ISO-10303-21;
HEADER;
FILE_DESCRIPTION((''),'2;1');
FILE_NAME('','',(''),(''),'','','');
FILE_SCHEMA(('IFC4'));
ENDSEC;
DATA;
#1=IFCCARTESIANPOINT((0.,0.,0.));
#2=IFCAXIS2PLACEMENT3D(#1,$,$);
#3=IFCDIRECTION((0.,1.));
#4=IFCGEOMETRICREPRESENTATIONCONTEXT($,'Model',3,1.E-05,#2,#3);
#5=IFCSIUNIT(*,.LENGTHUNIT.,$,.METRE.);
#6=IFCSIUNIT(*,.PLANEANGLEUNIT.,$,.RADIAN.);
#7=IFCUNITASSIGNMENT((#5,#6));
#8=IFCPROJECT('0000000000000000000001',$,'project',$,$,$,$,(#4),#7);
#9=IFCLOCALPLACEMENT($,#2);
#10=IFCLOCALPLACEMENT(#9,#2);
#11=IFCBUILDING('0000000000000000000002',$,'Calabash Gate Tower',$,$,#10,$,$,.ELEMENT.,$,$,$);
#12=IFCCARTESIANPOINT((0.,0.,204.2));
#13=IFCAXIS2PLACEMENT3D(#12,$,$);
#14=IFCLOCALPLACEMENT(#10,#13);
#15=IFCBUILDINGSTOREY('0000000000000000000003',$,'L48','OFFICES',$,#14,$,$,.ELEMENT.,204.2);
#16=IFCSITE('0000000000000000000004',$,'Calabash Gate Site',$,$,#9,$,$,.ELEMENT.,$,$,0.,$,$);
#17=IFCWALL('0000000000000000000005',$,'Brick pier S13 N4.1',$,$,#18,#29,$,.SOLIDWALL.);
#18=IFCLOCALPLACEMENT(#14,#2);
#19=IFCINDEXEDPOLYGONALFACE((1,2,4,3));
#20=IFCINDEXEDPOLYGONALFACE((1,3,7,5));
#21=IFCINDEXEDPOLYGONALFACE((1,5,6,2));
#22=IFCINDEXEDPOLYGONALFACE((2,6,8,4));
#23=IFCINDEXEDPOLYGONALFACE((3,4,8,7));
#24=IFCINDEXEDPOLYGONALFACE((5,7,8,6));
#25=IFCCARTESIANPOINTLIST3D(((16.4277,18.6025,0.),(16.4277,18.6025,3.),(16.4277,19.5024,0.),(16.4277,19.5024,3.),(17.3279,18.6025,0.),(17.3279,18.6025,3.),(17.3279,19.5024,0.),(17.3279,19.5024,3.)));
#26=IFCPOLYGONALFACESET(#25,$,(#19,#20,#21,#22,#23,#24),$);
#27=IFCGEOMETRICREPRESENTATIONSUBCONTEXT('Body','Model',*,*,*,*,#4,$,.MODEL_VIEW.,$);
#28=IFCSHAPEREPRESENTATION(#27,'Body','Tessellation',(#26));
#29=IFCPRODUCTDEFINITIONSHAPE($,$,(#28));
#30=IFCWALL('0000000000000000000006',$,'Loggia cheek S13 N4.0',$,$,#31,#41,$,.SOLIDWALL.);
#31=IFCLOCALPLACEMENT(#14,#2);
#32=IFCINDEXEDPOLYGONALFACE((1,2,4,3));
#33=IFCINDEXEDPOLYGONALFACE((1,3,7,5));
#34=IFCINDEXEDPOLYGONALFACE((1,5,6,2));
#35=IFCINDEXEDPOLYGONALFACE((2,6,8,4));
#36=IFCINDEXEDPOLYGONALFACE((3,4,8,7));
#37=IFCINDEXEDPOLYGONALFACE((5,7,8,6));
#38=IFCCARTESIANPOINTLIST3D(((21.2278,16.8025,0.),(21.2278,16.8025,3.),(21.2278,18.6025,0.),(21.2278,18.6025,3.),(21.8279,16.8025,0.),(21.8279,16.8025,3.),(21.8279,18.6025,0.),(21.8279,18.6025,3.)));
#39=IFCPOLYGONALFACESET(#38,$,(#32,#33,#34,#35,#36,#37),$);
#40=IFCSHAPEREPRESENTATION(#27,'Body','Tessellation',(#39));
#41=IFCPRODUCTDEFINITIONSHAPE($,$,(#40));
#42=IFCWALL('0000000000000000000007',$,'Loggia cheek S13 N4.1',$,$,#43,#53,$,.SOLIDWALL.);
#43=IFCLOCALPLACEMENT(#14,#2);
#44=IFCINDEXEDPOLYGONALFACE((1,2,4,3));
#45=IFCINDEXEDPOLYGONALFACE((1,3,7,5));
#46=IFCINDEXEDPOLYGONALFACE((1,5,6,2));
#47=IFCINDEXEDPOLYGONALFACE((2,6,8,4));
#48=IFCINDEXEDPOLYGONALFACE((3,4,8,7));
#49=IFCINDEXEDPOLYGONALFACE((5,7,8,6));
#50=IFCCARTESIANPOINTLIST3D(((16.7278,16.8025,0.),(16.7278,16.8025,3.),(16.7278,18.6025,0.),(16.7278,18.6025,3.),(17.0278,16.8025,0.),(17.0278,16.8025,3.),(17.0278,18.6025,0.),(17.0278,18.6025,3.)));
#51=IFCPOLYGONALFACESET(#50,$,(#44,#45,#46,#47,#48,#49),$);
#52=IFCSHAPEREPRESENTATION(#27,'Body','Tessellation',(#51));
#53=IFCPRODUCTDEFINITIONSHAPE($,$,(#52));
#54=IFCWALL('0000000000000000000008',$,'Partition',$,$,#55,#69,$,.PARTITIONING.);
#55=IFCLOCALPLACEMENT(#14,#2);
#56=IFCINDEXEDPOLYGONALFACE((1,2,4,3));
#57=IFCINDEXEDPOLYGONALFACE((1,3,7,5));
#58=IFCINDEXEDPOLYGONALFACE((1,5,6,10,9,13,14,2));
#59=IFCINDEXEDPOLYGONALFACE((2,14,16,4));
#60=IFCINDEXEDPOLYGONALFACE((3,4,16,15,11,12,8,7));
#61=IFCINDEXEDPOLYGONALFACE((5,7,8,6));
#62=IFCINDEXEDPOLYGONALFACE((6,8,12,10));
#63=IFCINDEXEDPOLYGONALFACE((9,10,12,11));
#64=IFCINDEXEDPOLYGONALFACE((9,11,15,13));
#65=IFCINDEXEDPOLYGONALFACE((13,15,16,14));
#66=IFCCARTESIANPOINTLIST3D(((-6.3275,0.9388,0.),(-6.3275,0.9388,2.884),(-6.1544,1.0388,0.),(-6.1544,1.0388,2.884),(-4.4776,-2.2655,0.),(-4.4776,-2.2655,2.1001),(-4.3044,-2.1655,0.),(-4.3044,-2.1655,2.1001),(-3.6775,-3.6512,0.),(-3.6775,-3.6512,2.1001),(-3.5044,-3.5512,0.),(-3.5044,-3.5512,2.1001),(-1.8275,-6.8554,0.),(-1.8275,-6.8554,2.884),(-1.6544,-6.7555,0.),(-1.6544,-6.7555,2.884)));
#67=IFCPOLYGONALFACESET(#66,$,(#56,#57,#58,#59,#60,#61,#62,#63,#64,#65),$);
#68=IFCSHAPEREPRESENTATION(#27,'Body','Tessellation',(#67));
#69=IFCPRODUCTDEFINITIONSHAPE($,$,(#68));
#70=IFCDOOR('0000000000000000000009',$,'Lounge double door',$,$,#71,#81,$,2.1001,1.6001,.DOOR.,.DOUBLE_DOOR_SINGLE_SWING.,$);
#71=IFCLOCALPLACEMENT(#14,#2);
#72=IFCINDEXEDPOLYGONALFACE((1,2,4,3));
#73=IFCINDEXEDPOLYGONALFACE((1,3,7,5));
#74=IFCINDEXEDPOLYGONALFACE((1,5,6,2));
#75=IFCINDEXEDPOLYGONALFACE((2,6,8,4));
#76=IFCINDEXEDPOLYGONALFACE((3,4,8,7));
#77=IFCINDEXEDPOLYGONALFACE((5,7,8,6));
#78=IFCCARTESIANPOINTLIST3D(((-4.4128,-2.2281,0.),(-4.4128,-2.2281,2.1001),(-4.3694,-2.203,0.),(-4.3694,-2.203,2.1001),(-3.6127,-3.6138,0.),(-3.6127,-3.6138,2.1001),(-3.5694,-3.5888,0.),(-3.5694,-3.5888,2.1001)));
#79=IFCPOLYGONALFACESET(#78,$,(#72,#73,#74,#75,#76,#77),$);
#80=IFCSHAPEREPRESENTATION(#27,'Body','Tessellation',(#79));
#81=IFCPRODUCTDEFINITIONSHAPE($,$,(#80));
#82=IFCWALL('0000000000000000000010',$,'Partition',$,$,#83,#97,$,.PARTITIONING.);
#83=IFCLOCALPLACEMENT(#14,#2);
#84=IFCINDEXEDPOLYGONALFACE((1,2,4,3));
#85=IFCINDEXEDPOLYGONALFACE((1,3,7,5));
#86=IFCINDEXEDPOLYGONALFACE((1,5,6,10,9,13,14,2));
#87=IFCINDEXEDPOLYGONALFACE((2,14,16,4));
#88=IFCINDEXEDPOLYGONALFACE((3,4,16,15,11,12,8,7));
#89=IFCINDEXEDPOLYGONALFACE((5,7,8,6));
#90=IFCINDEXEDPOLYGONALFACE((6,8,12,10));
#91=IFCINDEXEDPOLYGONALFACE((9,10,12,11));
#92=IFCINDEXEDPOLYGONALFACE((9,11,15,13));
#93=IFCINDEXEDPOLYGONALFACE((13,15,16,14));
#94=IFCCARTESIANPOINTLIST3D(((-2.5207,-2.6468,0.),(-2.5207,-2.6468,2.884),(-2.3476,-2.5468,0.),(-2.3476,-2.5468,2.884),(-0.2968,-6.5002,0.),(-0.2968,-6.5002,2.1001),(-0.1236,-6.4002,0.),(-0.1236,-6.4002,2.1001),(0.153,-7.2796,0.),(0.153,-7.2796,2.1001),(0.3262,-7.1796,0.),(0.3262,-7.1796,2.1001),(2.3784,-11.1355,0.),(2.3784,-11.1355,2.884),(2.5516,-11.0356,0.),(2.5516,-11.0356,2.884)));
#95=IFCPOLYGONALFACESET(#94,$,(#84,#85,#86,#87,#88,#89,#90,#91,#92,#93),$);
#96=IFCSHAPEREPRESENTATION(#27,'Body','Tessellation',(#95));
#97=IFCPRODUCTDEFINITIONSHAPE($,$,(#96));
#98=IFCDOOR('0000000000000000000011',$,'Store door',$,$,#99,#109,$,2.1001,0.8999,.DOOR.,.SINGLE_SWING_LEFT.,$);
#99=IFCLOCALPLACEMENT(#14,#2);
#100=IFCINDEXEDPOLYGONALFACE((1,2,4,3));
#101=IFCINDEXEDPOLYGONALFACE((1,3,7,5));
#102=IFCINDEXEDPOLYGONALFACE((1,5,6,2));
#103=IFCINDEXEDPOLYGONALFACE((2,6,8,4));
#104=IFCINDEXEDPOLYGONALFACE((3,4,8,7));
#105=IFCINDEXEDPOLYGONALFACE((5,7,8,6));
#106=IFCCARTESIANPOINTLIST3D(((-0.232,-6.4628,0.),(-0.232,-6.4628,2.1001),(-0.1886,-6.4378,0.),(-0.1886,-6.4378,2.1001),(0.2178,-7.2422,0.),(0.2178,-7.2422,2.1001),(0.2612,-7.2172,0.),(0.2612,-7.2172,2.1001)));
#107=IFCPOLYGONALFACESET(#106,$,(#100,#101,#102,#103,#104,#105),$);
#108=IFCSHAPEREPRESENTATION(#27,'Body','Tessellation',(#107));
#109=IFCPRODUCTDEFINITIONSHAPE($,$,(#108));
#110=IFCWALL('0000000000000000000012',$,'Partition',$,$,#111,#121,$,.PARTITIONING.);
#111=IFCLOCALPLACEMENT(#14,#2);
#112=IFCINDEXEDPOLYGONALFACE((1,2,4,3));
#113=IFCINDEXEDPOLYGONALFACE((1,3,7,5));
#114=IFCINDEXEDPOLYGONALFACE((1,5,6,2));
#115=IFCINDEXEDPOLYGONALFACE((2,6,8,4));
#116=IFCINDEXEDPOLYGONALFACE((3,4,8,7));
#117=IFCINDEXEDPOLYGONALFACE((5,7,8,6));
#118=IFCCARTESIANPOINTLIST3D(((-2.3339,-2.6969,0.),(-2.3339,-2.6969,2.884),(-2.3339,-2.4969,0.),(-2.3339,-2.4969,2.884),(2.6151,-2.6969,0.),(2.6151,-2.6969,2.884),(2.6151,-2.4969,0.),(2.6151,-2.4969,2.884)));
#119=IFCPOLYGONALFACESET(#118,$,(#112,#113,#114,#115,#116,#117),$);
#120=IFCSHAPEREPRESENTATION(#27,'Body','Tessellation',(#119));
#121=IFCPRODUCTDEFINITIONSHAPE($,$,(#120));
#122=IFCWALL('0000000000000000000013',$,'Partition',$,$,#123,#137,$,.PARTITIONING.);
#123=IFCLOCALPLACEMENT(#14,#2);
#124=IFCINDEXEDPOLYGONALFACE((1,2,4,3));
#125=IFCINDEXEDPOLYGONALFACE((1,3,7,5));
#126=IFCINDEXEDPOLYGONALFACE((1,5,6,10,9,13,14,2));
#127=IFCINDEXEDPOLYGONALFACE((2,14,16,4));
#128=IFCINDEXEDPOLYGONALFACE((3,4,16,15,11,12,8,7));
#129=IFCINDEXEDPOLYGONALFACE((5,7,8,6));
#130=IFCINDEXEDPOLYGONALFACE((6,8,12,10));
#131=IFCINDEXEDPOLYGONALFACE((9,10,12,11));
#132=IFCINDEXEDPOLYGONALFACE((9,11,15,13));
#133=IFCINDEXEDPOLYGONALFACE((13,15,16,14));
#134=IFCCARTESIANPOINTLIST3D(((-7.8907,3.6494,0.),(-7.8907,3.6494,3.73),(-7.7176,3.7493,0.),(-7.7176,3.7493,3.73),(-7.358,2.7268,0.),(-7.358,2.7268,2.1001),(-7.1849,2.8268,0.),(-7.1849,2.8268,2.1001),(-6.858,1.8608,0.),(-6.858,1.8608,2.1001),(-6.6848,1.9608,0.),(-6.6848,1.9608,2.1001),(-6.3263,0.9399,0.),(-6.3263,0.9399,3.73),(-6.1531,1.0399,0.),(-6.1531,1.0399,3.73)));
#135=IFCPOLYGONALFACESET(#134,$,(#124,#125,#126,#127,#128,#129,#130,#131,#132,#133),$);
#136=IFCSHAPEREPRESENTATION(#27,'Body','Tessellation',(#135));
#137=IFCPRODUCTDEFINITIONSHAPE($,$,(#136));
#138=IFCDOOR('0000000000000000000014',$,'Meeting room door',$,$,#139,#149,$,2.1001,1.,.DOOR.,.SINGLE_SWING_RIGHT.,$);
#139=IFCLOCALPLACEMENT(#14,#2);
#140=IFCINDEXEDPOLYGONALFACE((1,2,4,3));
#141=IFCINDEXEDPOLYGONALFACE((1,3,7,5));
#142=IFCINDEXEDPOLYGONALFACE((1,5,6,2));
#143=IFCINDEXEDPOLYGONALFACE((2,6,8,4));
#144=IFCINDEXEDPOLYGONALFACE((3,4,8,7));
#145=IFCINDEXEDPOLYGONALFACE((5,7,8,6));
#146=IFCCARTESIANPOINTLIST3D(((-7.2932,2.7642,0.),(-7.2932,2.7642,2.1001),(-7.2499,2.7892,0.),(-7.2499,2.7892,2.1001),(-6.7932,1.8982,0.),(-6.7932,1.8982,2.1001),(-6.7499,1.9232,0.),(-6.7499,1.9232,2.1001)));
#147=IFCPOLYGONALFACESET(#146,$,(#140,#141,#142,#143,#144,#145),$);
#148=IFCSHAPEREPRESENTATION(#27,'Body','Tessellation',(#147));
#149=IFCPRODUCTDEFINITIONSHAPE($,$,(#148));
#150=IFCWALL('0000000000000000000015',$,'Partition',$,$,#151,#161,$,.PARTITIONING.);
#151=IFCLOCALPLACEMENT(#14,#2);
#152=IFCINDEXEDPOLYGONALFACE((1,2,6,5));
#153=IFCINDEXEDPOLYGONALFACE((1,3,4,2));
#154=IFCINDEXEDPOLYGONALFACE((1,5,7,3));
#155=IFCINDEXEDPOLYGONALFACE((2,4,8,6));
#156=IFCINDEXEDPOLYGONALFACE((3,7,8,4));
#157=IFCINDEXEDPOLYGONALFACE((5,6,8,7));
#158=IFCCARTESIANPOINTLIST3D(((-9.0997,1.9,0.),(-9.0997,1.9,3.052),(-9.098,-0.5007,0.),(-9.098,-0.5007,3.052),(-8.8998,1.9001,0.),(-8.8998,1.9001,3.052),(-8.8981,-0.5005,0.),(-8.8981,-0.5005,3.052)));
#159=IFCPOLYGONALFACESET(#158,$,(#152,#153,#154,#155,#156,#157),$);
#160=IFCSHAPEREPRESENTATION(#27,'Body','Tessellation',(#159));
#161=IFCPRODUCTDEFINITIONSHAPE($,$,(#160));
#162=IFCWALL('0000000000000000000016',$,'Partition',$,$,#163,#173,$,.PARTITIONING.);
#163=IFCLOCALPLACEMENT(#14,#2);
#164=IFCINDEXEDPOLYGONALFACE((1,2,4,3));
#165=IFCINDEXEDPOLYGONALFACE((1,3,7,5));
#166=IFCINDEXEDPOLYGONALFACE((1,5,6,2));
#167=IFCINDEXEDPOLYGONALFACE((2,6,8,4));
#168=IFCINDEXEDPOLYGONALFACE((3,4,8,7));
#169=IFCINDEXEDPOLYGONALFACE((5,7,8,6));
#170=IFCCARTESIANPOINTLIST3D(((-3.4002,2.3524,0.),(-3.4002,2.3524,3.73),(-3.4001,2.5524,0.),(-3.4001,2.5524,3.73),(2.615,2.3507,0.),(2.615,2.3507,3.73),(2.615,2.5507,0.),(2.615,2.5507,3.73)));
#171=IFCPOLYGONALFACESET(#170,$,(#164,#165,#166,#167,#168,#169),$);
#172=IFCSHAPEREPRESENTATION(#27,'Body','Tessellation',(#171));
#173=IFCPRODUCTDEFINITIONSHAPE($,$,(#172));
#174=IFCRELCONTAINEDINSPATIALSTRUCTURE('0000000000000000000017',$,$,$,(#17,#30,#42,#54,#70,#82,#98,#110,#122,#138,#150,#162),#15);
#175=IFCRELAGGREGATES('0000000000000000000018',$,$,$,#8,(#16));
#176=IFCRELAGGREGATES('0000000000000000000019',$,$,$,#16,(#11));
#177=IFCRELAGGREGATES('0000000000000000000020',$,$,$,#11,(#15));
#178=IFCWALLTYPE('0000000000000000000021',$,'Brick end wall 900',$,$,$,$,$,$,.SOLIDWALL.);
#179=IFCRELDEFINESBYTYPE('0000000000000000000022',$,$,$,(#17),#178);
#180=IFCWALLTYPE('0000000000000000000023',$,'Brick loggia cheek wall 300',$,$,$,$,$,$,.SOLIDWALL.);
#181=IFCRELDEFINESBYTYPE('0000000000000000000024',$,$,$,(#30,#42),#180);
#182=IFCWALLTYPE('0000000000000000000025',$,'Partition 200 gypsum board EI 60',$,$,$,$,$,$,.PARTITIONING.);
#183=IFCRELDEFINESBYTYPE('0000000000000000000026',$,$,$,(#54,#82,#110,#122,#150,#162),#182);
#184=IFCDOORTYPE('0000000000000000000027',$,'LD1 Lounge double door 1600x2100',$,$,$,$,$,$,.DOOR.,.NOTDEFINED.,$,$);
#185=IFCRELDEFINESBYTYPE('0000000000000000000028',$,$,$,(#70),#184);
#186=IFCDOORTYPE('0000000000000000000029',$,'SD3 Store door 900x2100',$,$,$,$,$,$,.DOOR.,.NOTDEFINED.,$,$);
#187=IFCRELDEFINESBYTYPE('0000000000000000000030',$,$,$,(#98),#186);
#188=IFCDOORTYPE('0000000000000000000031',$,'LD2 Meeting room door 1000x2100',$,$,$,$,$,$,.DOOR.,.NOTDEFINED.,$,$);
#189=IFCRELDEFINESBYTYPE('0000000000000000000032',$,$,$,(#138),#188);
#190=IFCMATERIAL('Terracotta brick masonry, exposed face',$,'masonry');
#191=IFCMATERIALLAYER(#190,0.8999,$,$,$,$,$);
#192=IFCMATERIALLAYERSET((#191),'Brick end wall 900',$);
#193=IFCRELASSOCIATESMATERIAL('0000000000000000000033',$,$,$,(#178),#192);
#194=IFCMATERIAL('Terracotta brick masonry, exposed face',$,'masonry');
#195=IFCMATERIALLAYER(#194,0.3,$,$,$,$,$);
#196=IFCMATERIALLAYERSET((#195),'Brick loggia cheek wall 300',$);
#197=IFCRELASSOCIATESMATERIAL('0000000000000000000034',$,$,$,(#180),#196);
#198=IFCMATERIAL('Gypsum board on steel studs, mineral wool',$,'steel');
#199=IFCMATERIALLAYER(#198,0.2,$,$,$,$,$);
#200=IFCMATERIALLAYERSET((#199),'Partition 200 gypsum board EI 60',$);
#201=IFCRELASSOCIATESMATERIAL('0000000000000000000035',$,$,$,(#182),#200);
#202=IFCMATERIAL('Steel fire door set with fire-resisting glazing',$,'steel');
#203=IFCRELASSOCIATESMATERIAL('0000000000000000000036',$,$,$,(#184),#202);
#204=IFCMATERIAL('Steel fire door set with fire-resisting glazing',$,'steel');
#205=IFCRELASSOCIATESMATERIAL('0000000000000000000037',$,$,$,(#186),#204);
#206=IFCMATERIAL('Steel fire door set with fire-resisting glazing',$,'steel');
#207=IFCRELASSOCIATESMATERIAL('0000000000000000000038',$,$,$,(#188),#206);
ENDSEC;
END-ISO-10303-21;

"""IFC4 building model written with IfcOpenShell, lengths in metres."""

from ifc_helpers import new_model, si_unit, direction, frame, frame_2d, origin, place, context, subcontext, project, spatial, polyline, rectangle, outline, extrude, material, layer, layer_set, type_object, element, fill, save


model = new_model("IFC4")

# Units and contexts
model_context = context("Model", 3, precision=1e-05, world=origin(), true_north=direction((0.0, 1.0)))
body_context = subcontext(model_context, "Body", "Model", "MODEL_VIEW")
ifc_project = project(units=[si_unit("LENGTHUNIT", "METRE"), si_unit("PLANEANGLEUNIT", "RADIAN")], contexts=[model_context])

# Site, building, storey
site_placement = place(None, origin())
site = spatial("IfcSite", under=ifc_project, at=site_placement, Name="Calabash Gate Site", CompositionType="ELEMENT", RefElevation=0.0)
building_placement = place(site_placement, origin())
building = spatial("IfcBuilding", under=site, at=building_placement, Name="Calabash Gate Tower", CompositionType="ELEMENT")
storey_placement = place(building_placement, frame((0.0, 0.0, 204.2)))
storey = spatial("IfcBuildingStorey", under=building, at=storey_placement, Name="L48", Description="OFFICES", CompositionType="ELEMENT", Elevation=204.2)

# Walls
ifc_material_1 = material(Name="Terracotta brick masonry, exposed face", Category="masonry")
ifc_layer_1 = layer(ifc_material_1, 0.8999)
ifc_layer_set_1 = layer_set([ifc_layer_1], Name="Brick end wall 900")
wall_type_1 = type_object("IfcWallType", Name="Brick end wall 900", PredefinedType="SOLIDWALL", material=ifc_layer_set_1)
wall_1_placement = place(storey_placement, origin())
element("IfcWall", 1, at=wall_1_placement, inside=storey, type_object=wall_type_1, Name="Brick pier S13 N4.1", PredefinedType="SOLIDWALL", context=body_context, shape_type="SweptSolid", body=[
    extrude(outline(polyline([(17.3279, 19.5024), (16.4277, 19.5024), (16.4277, 18.6025), (17.3279, 18.6025), (17.3279, 19.5024)])), origin(), (0.0, 0.0, 1.0), 3.0),
])
ifc_material_2 = material(Name="Terracotta brick masonry, exposed face", Category="masonry")
ifc_layer_2 = layer(ifc_material_2, 0.3)
ifc_layer_set_2 = layer_set([ifc_layer_2], Name="Brick loggia cheek wall 300")
wall_type_2 = type_object("IfcWallType", Name="Brick loggia cheek wall 300", PredefinedType="SOLIDWALL", material=ifc_layer_set_2)
wall_2_placement = place(storey_placement, origin())
element("IfcWall", 2, at=wall_2_placement, inside=storey, type_object=wall_type_2, Name="Loggia cheek S13 N4.0", PredefinedType="SOLIDWALL", context=body_context, shape_type="SweptSolid", body=[
    extrude(outline(polyline([(21.8279, 16.8025), (21.8279, 18.6025), (21.2278, 18.6025), (21.2278, 16.8025), (21.8279, 16.8025)])), origin(), (0.0, 0.0, 1.0), 3.0),
])
wall_3_placement = place(storey_placement, origin())
element("IfcWall", 3, at=wall_3_placement, inside=storey, type_object=wall_type_2, Name="Loggia cheek S13 N4.1", PredefinedType="SOLIDWALL", context=body_context, shape_type="SweptSolid", body=[
    extrude(outline(polyline([(17.0278, 18.6025), (16.7278, 18.6025), (16.7278, 16.8025), (17.0278, 16.8025), (17.0278, 18.6025)])), origin(), (0.0, 0.0, 1.0), 3.0),
])

# Walls, openings, doors
ifc_material_3 = material(Name="Gypsum board on steel studs, mineral wool", Category="steel")
ifc_layer_3 = layer(ifc_material_3, 0.2)
ifc_layer_set_3 = layer_set([ifc_layer_3], Name="Partition 200 gypsum board EI 60")
wall_type_3 = type_object("IfcWallType", Name="Partition 200 gypsum board EI 60", PredefinedType="PARTITIONING", material=ifc_layer_set_3)
wall_4_placement = place(storey_placement, frame((-6.241, 0.9888, 0.0), z_axis=(0.0, 0.0, 1.0), x_axis=(0.500002, -0.866024, 0.0)))
wall_4 = element("IfcWall", 4, at=wall_4_placement, inside=storey, type_object=wall_type_3, Name="Partition", PredefinedType="PARTITIONING", context=body_context, shape_type="SweptSolid", body=[
    extrude(rectangle(XDim=9.0, YDim=0.2, at=frame_2d((4.5, 0.0))), origin(), (0.0, 0.0, 1.0), 2.884),
])
opening_1_placement = place(wall_4_placement, frame((3.7, 0.0, 0.0)))
opening_1 = element("IfcOpeningElement", 5, at=opening_1_placement, cuts=wall_4, PredefinedType="OPENING", context=body_context, shape_type="SweptSolid", body=[
    extrude(rectangle(XDim=1.6001, YDim=2.1001, at=frame_2d((0.8, 1.05))), frame((0.0, 0.1099, 0.0), z_axis=(0.0, -1.0, 0.0), x_axis=(1.0, 0.0, 0.0)), (0.0, 0.0, 1.0), 0.22),
])
ifc_material_4 = material(Name="Steel fire door set with fire-resisting glazing", Category="steel")
door_type_1 = type_object("IfcDoorType", Name="LD1 Lounge double door 1600x2100", OperationType="NOTDEFINED", PredefinedType="DOOR", material=ifc_material_4)
door_1_placement = place(opening_1_placement, origin())
door_1 = element("IfcDoor", 6, at=door_1_placement, inside=storey, type_object=door_type_1, Name="Lounge double door", OperationType="DOUBLE_DOOR_SINGLE_SWING", OverallHeight=2.1001, OverallWidth=1.6001, PredefinedType="DOOR", context=body_context, shape_type="SweptSolid", body=[
    extrude(rectangle(XDim=1.6001, YDim=2.1001, at=frame_2d((0.8, 1.05))), frame((0.0, 0.0249, 0.0), z_axis=(0.0, -1.0, 0.0), x_axis=(1.0, 0.0, 0.0)), (0.0, 0.0, 1.0), 0.05),
])
fill(opening_1, door_1)
wall_5_placement = place(storey_placement, frame((-2.4341, -2.5969, 0.0), z_axis=(0.0, 0.0, 1.0), x_axis=(0.49986, -0.866106, 0.0)))
wall_5 = element("IfcWall", 7, at=wall_5_placement, inside=storey, type_object=wall_type_3, Name="Partition", PredefinedType="PARTITIONING", context=body_context, shape_type="SweptSolid", body=[
    extrude(rectangle(XDim=9.801, YDim=0.2, at=frame_2d((4.9004, 0.0))), origin(), (0.0, 0.0, 1.0), 2.884),
])
opening_2_placement = place(wall_5_placement, frame((4.449, 0.0, 0.0)))
opening_2 = element("IfcOpeningElement", 8, at=opening_2_placement, cuts=wall_5, PredefinedType="OPENING", context=body_context, shape_type="SweptSolid", body=[
    extrude(rectangle(XDim=0.8999, YDim=2.1001, at=frame_2d((0.45, 1.05))), frame((0.0, 0.1099, 0.0), z_axis=(0.0, -1.0, 0.0), x_axis=(1.0, 0.0, 0.0)), (0.0, 0.0, 1.0), 0.22),
])
ifc_material_5 = material(Name="Steel fire door set with fire-resisting glazing", Category="steel")
door_type_2 = type_object("IfcDoorType", Name="SD3 Store door 900x2100", OperationType="NOTDEFINED", PredefinedType="DOOR", material=ifc_material_5)
door_2_placement = place(opening_2_placement, origin())
door_2 = element("IfcDoor", 9, at=door_2_placement, inside=storey, type_object=door_type_2, Name="Store door", OperationType="SINGLE_SWING_LEFT", OverallHeight=2.1001, OverallWidth=0.8999, PredefinedType="DOOR", context=body_context, shape_type="SweptSolid", body=[
    extrude(rectangle(XDim=0.8999, YDim=2.1001, at=frame_2d((0.45, 1.05))), frame((0.0, 0.0249, 0.0), z_axis=(0.0, -1.0, 0.0), x_axis=(1.0, 0.0, 0.0)), (0.0, 0.0, 1.0), 0.05),
])
fill(opening_2, door_2)

# Wall
wall_6_placement = place(storey_placement, frame((-2.334, -2.5969, 0.0), z_axis=(0.0, 0.0, 1.0), x_axis=(1.0, 0.0, 0.0)))
element("IfcWall", 10, at=wall_6_placement, inside=storey, type_object=wall_type_3, Name="Partition", PredefinedType="PARTITIONING", context=body_context, shape_type="SweptSolid", body=[
    extrude(rectangle(XDim=4.949, YDim=0.2, at=frame_2d((2.4746, 0.0))), origin(), (0.0, 0.0, 1.0), 2.884),
])

# Wall, opening, door
wall_7_placement = place(storey_placement, frame((-7.8042, 3.6995, 0.0), z_axis=(0.0, 0.0, 1.0), x_axis=(0.500033, -0.866006, 0.0)))
wall_7 = element("IfcWall", 11, at=wall_7_placement, inside=storey, type_object=wall_type_3, Name="Partition", PredefinedType="PARTITIONING", context=body_context, shape_type="SweptSolid", body=[
    extrude(rectangle(XDim=3.1287, YDim=0.2, at=frame_2d((1.5645, 0.0))), origin(), (0.0, 0.0, 1.0), 3.73),
])
opening_3_placement = place(wall_7_placement, frame((1.0654, 0.0, 0.0)))
opening_3 = element("IfcOpeningElement", 12, at=opening_3_placement, cuts=wall_7, PredefinedType="OPENING", context=body_context, shape_type="SweptSolid", body=[
    extrude(rectangle(XDim=1.0, YDim=2.1001, at=frame_2d((0.5, 1.05))), frame((0.0, 0.1099, 0.0), z_axis=(0.0, -1.0, 0.0), x_axis=(1.0, 0.0, 0.0)), (0.0, 0.0, 1.0), 0.22),
])
ifc_material_6 = material(Name="Steel fire door set with fire-resisting glazing", Category="steel")
door_type_3 = type_object("IfcDoorType", Name="LD2 Meeting room door 1000x2100", OperationType="NOTDEFINED", PredefinedType="DOOR", material=ifc_material_6)
door_3_placement = place(opening_3_placement, origin())
door_3 = element("IfcDoor", 13, at=door_3_placement, inside=storey, type_object=door_type_3, Name="Meeting room door", OperationType="SINGLE_SWING_RIGHT", OverallHeight=2.1001, OverallWidth=1.0, PredefinedType="DOOR", context=body_context, shape_type="SweptSolid", body=[
    extrude(rectangle(XDim=1.0, YDim=2.1001, at=frame_2d((0.5, 1.05))), frame((0.0, 0.0249, 0.0), z_axis=(0.0, -1.0, 0.0), x_axis=(1.0, 0.0, 0.0)), (0.0, 0.0, 1.0), 0.05),
])
fill(opening_3, door_3)

# Walls
wall_8_placement = place(storey_placement, frame((-8.9998, 1.8999, 0.0), z_axis=(0.0, 0.0, 1.0), x_axis=(0.000712, -1.0, 0.0)))
element("IfcWall", 14, at=wall_8_placement, inside=storey, type_object=wall_type_3, Name="Partition", PredefinedType="PARTITIONING", context=body_context, shape_type="SweptSolid", body=[
    extrude(rectangle(XDim=2.4006, YDim=0.2, at=frame_2d((1.2002, 0.0))), origin(), (0.0, 0.0, 1.0), 3.052),
])
wall_9_placement = place(storey_placement, frame((-3.4001, 2.4524, 0.0), z_axis=(0.0, 0.0, 1.0), x_axis=(1.0, -0.000284, 0.0)))
element("IfcWall", 15, at=wall_9_placement, inside=storey, type_object=wall_type_3, Name="Partition", PredefinedType="PARTITIONING", context=body_context, shape_type="SweptSolid", body=[
    extrude(rectangle(XDim=6.0151, YDim=0.2, at=frame_2d((3.0076, 0.0))), origin(), (0.0, 0.0, 1.0), 3.73),
])

save(model, "model.ifc")
